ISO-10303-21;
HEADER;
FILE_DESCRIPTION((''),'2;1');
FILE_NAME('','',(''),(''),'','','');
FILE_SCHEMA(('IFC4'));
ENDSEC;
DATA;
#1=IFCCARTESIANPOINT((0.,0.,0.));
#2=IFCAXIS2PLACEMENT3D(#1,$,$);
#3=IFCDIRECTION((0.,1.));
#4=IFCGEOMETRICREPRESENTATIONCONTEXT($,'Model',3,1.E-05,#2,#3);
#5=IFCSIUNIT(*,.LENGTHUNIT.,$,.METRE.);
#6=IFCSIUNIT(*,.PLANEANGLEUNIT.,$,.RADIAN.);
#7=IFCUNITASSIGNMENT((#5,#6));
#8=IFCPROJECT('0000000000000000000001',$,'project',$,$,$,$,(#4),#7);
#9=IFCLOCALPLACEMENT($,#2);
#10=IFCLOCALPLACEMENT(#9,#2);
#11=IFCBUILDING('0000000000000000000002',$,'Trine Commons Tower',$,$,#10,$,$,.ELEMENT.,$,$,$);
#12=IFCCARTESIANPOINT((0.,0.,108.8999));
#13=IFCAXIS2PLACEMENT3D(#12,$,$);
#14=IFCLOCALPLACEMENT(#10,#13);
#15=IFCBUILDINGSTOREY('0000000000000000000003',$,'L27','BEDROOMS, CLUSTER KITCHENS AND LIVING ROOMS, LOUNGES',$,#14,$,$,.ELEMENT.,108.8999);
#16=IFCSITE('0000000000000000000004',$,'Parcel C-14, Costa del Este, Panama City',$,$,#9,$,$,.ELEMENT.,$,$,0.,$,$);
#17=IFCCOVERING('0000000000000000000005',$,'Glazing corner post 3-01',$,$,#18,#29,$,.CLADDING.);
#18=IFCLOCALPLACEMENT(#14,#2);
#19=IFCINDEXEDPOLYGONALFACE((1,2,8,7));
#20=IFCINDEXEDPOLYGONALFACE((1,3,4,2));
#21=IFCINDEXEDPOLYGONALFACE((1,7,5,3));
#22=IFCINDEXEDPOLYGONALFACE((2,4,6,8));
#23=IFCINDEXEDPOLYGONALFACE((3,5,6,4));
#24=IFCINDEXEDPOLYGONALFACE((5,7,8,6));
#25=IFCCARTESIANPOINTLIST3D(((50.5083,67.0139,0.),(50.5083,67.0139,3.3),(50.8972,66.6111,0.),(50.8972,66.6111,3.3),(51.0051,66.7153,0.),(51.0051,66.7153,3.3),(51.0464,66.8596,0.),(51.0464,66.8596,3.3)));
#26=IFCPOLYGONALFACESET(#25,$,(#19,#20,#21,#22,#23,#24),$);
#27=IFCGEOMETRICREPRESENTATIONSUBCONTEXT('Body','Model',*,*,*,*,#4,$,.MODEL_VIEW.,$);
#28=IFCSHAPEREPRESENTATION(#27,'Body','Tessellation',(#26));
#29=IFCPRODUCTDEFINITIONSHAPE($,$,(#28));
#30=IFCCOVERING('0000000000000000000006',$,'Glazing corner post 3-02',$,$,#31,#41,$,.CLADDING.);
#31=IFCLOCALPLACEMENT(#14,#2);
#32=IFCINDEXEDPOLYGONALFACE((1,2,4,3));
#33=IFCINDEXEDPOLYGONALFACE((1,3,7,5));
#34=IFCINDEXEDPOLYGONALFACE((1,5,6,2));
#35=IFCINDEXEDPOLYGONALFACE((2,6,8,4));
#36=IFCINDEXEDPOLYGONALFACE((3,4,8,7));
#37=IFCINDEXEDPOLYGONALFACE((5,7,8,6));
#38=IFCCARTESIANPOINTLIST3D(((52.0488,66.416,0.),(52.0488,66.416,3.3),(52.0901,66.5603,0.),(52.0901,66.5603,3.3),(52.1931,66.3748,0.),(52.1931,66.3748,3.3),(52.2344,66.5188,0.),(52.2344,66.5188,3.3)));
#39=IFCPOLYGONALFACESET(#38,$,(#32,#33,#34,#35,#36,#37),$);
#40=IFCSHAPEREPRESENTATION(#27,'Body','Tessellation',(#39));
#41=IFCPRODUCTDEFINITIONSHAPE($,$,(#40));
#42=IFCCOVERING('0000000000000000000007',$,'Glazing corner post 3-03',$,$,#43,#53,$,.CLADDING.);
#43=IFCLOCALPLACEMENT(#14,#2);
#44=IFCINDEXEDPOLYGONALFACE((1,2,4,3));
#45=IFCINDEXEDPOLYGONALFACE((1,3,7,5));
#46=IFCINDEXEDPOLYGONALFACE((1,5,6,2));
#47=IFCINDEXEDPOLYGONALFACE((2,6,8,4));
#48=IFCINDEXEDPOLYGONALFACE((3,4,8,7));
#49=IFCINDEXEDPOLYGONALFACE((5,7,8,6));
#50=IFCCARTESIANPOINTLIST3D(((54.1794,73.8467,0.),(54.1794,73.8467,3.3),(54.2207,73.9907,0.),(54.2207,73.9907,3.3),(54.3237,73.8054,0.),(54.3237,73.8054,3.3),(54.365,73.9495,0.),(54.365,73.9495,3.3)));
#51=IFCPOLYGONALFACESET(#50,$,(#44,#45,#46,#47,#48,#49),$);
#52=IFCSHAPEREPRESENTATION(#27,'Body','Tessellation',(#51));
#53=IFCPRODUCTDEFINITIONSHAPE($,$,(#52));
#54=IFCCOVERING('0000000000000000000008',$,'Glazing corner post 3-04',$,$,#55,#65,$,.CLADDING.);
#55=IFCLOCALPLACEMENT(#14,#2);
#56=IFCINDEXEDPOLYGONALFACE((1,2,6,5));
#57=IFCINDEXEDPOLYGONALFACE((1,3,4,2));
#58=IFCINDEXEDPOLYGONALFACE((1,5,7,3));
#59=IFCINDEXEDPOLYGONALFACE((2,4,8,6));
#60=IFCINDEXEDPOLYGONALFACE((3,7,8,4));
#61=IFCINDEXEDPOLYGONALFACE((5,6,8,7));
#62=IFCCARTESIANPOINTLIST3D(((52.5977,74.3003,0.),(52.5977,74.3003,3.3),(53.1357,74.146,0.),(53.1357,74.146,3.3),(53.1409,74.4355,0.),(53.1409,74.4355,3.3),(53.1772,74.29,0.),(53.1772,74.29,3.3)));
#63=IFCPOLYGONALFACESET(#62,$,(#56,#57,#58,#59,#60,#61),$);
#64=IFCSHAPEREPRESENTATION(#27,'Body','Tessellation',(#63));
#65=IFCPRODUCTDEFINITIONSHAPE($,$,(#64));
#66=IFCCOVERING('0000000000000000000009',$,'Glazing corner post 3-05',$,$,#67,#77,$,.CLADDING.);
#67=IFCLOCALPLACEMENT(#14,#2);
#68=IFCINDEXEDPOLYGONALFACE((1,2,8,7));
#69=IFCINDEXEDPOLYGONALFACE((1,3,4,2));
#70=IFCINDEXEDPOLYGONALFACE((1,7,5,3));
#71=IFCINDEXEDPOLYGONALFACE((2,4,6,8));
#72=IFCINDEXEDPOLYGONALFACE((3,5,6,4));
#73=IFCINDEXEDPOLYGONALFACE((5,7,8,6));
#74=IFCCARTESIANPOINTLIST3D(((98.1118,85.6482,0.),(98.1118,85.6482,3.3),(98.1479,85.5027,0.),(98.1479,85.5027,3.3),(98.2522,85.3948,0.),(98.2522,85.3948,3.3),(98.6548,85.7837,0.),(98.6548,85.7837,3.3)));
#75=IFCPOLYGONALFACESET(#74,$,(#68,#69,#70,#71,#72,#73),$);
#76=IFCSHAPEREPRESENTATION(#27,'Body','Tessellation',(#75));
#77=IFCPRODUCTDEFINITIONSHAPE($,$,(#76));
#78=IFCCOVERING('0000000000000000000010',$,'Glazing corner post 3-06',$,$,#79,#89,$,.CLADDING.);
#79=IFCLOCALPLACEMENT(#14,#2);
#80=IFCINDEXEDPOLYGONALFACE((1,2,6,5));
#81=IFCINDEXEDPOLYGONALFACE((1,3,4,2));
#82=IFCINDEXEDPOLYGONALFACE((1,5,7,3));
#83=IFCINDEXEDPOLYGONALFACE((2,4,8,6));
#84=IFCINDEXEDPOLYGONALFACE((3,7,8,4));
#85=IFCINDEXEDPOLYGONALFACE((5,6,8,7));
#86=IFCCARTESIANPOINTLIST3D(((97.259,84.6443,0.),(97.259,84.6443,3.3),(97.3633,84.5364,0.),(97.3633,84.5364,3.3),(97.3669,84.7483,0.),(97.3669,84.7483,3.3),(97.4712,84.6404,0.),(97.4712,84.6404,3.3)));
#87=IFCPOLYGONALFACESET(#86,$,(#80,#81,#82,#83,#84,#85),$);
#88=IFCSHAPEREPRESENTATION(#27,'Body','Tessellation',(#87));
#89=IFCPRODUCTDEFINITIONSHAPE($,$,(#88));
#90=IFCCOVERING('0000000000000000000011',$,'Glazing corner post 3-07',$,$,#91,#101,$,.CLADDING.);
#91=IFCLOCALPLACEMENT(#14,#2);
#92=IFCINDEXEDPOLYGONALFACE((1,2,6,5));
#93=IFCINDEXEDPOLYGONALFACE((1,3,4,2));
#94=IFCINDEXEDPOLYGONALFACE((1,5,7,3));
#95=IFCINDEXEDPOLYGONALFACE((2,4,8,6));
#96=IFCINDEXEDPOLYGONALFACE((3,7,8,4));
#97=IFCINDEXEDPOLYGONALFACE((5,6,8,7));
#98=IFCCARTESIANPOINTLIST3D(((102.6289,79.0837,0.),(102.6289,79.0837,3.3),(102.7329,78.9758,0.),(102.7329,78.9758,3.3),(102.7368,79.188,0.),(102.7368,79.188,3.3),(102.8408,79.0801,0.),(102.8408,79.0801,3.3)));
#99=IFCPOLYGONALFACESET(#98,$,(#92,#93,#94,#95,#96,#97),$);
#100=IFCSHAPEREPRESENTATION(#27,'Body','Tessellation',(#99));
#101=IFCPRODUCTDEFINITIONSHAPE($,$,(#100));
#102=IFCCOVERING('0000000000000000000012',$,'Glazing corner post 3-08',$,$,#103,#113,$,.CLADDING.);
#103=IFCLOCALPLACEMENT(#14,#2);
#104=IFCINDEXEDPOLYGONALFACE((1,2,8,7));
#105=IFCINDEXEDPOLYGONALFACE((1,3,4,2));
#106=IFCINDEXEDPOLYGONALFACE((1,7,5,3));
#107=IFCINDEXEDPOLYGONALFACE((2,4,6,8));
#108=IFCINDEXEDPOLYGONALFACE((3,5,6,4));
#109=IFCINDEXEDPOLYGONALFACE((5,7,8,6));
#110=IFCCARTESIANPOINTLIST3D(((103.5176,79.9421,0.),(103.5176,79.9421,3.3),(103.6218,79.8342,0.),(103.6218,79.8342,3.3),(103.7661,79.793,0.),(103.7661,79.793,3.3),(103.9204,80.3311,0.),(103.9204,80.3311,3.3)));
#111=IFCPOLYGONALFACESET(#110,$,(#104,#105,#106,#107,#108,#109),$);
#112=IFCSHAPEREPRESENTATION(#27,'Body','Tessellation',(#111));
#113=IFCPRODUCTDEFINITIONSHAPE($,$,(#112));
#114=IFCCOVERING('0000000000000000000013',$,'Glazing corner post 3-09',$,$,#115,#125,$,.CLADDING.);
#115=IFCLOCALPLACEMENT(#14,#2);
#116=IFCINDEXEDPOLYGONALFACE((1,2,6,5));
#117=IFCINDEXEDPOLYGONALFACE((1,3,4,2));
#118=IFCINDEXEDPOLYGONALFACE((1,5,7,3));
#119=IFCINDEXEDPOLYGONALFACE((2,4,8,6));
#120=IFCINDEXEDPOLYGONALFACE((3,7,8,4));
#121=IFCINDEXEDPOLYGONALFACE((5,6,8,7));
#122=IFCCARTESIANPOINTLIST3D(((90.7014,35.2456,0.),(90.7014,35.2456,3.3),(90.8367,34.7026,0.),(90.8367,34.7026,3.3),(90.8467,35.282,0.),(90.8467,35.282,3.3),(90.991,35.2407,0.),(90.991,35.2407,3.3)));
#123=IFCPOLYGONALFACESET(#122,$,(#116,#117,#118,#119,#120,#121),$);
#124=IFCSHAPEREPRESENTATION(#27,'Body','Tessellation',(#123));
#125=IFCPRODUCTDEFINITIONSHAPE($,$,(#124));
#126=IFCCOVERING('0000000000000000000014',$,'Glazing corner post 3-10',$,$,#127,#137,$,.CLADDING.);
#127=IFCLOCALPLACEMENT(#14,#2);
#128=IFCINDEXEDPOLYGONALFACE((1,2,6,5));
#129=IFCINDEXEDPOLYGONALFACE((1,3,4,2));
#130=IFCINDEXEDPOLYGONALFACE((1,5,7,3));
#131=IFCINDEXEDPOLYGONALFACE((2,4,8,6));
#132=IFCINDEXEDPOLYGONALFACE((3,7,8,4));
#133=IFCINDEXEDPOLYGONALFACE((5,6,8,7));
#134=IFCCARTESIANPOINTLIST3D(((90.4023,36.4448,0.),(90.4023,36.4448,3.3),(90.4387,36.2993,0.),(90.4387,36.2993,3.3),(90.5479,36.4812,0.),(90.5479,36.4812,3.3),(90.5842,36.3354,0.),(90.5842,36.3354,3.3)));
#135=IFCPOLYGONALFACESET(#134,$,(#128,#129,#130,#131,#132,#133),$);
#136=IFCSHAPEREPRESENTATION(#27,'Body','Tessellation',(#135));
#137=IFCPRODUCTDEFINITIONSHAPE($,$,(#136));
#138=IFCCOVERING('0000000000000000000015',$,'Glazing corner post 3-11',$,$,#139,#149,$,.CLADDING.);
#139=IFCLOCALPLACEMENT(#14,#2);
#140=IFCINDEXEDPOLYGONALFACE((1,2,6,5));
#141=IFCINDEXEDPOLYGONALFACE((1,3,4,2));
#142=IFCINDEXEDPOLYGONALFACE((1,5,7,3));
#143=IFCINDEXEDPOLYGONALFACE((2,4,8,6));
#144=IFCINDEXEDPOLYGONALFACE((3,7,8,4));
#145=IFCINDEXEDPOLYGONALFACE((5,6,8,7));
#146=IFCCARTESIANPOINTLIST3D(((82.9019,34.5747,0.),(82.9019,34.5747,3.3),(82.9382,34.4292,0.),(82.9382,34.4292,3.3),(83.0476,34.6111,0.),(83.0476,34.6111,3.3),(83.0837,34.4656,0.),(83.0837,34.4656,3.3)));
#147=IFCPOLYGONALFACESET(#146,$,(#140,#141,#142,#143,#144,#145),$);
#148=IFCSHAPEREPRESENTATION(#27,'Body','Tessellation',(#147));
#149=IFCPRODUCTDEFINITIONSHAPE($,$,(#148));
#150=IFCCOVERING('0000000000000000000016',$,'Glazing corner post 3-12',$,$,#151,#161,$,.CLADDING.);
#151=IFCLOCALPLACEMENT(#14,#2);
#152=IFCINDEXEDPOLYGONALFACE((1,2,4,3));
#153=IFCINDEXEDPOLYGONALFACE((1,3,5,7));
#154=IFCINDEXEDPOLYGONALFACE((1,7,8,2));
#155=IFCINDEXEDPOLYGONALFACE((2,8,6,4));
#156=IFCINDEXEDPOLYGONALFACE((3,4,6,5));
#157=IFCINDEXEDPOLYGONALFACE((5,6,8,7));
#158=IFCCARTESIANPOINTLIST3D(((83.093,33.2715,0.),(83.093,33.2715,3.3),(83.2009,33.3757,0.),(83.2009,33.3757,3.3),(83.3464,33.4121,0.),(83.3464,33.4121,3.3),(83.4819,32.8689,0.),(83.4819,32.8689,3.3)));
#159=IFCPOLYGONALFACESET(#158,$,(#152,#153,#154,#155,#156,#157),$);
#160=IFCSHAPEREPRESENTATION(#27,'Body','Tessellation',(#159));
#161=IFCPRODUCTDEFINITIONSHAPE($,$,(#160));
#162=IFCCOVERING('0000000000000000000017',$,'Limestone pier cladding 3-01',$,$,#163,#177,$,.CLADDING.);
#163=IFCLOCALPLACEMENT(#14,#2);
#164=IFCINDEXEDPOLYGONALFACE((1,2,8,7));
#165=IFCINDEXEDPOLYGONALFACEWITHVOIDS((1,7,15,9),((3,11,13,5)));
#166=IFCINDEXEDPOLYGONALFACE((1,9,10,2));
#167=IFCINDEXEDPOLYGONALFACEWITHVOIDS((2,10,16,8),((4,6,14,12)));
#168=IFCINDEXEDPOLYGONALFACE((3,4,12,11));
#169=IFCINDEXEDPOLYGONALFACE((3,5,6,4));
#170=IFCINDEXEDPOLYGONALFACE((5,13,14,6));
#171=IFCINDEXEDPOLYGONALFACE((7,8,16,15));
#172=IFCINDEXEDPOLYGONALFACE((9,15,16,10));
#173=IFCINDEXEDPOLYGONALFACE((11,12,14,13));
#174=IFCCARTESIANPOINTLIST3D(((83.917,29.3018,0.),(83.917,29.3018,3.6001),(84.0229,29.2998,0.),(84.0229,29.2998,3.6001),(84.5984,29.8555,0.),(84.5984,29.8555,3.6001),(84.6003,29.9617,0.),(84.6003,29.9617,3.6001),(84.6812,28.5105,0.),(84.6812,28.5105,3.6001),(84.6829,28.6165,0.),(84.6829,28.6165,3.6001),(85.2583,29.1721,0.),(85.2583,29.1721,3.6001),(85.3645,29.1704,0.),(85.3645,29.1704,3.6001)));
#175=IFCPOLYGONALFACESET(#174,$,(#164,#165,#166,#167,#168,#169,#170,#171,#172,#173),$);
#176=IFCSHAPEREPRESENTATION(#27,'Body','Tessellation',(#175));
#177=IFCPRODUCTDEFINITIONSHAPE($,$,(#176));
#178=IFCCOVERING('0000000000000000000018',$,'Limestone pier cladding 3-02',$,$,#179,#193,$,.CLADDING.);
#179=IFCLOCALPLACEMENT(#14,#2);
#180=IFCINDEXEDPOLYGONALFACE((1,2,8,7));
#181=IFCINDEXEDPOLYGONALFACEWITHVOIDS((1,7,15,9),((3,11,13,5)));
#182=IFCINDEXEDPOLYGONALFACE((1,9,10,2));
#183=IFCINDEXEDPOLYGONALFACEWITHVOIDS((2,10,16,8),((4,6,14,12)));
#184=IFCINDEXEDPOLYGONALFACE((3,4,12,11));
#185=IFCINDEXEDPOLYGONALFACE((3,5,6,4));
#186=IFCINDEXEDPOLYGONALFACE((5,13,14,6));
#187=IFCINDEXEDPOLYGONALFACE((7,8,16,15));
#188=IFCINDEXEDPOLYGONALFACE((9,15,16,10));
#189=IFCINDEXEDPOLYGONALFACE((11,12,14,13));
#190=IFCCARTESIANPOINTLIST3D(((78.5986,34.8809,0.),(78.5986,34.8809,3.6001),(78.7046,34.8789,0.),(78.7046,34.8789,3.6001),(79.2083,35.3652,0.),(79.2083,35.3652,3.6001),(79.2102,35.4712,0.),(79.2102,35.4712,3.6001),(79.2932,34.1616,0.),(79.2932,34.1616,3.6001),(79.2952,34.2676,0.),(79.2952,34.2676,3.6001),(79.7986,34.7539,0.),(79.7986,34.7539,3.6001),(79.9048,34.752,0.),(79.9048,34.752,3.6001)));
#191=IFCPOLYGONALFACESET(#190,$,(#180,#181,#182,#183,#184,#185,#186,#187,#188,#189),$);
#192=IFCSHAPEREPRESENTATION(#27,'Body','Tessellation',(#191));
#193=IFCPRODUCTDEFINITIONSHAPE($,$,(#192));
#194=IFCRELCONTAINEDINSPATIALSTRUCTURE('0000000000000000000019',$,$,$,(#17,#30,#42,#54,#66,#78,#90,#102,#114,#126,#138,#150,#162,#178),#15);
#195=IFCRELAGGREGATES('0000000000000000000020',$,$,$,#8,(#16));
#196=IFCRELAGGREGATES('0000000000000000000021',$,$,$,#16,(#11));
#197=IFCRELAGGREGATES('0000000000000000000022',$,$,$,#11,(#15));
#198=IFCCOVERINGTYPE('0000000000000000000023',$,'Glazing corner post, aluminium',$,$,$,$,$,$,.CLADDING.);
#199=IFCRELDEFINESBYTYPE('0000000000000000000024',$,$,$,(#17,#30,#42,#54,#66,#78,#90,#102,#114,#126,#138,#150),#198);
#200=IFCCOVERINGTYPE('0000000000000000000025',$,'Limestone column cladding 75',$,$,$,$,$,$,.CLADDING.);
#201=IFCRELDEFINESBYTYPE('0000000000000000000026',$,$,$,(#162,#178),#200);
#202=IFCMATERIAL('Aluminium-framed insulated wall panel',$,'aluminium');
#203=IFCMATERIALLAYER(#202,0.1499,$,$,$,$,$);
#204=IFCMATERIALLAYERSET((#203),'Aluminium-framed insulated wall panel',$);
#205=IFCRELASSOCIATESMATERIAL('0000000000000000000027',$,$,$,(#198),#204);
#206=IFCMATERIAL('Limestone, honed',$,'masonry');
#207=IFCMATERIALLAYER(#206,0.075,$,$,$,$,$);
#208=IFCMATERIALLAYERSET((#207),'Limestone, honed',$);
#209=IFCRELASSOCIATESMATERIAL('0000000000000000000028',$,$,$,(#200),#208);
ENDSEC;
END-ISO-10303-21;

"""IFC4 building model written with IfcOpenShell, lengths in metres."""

from ifc_helpers import new_model, si_unit, direction, frame, origin, place, context, subcontext, project, spatial, polyline, outline, extrude, material, layer, layer_set, type_object, element, save


model = new_model("IFC4")

# Units and contexts
model_context = context("Model", 3, precision=1e-05, world=origin(), true_north=direction((0.0, 1.0)))
body_context = subcontext(model_context, "Body", "Model", "MODEL_VIEW")
ifc_project = project(units=[si_unit("LENGTHUNIT", "METRE"), si_unit("PLANEANGLEUNIT", "RADIAN")], contexts=[model_context])

# Site, building, storey
site_placement = place(None, origin())
site = spatial("IfcSite", under=ifc_project, at=site_placement, Name="Parcel C-14, Costa del Este, Panama City", CompositionType="ELEMENT", RefElevation=0.0)
building_placement = place(site_placement, origin())
building = spatial("IfcBuilding", under=site, at=building_placement, Name="Trine Commons Tower", CompositionType="ELEMENT")
storey_placement = place(building_placement, frame((0.0, 0.0, 108.8999)))
storey = spatial("IfcBuildingStorey", under=building, at=storey_placement, Name="L27", Description="BEDROOMS, CLUSTER KITCHENS AND LIVING ROOMS, LOUNGES", CompositionType="ELEMENT", Elevation=108.8999)

# Coverings
ifc_material_1 = material(Name="Aluminium-framed insulated wall panel", Category="aluminium")
ifc_layer_1 = layer(ifc_material_1, 0.1499)
ifc_layer_set_1 = layer_set([ifc_layer_1], Name="Aluminium-framed insulated wall panel")
covering_type_1 = type_object("IfcCoveringType", Name="Glazing corner post, aluminium", PredefinedType="CLADDING", material=ifc_layer_set_1)
covering_1_placement = place(storey_placement, origin())
element("IfcCovering", 1, at=covering_1_placement, inside=storey, type_object=covering_type_1, Name="Glazing corner post 3-01", PredefinedType="CLADDING", context=body_context, shape_type="SweptSolid", body=[
    extrude(outline(polyline([(50.8972, 66.6111), (51.0051, 66.7153), (51.0464, 66.8596), (50.5083, 67.0139), (50.8972, 66.6111)])), origin(), (0.0, 0.0, 1.0), 3.3),
])
covering_2_placement = place(storey_placement, origin())
element("IfcCovering", 2, at=covering_2_placement, inside=storey, type_object=covering_type_1, Name="Glazing corner post 3-02", PredefinedType="CLADDING", context=body_context, shape_type="SweptSolid", body=[
    extrude(outline(polyline([(52.0488, 66.416), (52.1931, 66.3748), (52.2344, 66.5188), (52.0901, 66.5603), (52.0488, 66.416)])), origin(), (0.0, 0.0, 1.0), 3.3),
])
covering_3_placement = place(storey_placement, origin())
element("IfcCovering", 3, at=covering_3_placement, inside=storey, type_object=covering_type_1, Name="Glazing corner post 3-03", PredefinedType="CLADDING", context=body_context, shape_type="SweptSolid", body=[
    extrude(outline(polyline([(54.3237, 73.8054), (54.365, 73.9495), (54.2207, 73.9907), (54.1794, 73.8467), (54.3237, 73.8054)])), origin(), (0.0, 0.0, 1.0), 3.3),
])
covering_4_placement = place(storey_placement, origin())
element("IfcCovering", 4, at=covering_4_placement, inside=storey, type_object=covering_type_1, Name="Glazing corner post 3-04", PredefinedType="CLADDING", context=body_context, shape_type="SweptSolid", body=[
    extrude(outline(polyline([(53.1357, 74.146), (53.1772, 74.29), (53.1409, 74.4355), (52.5977, 74.3003), (53.1357, 74.146)])), origin(), (0.0, 0.0, 1.0), 3.3),
])
covering_5_placement = place(storey_placement, origin())
element("IfcCovering", 5, at=covering_5_placement, inside=storey, type_object=covering_type_1, Name="Glazing corner post 3-05", PredefinedType="CLADDING", context=body_context, shape_type="SweptSolid", body=[
    extrude(outline(polyline([(98.2522, 85.3948), (98.6548, 85.7837), (98.1118, 85.6482), (98.1479, 85.5027), (98.2522, 85.3948)])), origin(), (0.0, 0.0, 1.0), 3.3),
])
covering_6_placement = place(storey_placement, origin())
element("IfcCovering", 6, at=covering_6_placement, inside=storey, type_object=covering_type_1, Name="Glazing corner post 3-06", PredefinedType="CLADDING", context=body_context, shape_type="SweptSolid", body=[
    extrude(outline(polyline([(97.3633, 84.5364), (97.4712, 84.6404), (97.4712, 84.6404), (97.3669, 84.7483), (97.259, 84.6443), (97.3633, 84.5364)])), origin(), (0.0, 0.0, 1.0), 3.3),
])
covering_7_placement = place(storey_placement, origin())
element("IfcCovering", 7, at=covering_7_placement, inside=storey, type_object=covering_type_1, Name="Glazing corner post 3-07", PredefinedType="CLADDING", context=body_context, shape_type="SweptSolid", body=[
    extrude(outline(polyline([(102.6289, 79.0837), (102.7329, 78.9758), (102.8408, 79.0801), (102.7368, 79.188), (102.7368, 79.188), (102.6289, 79.0837)])), origin(), (0.0, 0.0, 1.0), 3.3),
])
covering_8_placement = place(storey_placement, origin())
element("IfcCovering", 8, at=covering_8_placement, inside=storey, type_object=covering_type_1, Name="Glazing corner post 3-08", PredefinedType="CLADDING", context=body_context, shape_type="SweptSolid", body=[
    extrude(outline(polyline([(103.7661, 79.793), (103.9204, 80.3311), (103.5176, 79.9421), (103.6218, 79.8342), (103.7661, 79.793)])), origin(), (0.0, 0.0, 1.0), 3.3),
])
covering_9_placement = place(storey_placement, origin())
element("IfcCovering", 9, at=covering_9_placement, inside=storey, type_object=covering_type_1, Name="Glazing corner post 3-09", PredefinedType="CLADDING", context=body_context, shape_type="SweptSolid", body=[
    extrude(outline(polyline([(90.7014, 35.2456), (90.8367, 34.7026), (90.991, 35.2407), (90.8467, 35.282), (90.7014, 35.2456)])), origin(), (0.0, 0.0, 1.0), 3.3),
])
covering_10_placement = place(storey_placement, origin())
element("IfcCovering", 10, at=covering_10_placement, inside=storey, type_object=covering_type_1, Name="Glazing corner post 3-10", PredefinedType="CLADDING", context=body_context, shape_type="SweptSolid", body=[
    extrude(outline(polyline([(90.4023, 36.4448), (90.4387, 36.2993), (90.5842, 36.3354), (90.5479, 36.4812), (90.4023, 36.4448)])), origin(), (0.0, 0.0, 1.0), 3.3),
])
covering_11_placement = place(storey_placement, origin())
element("IfcCovering", 11, at=covering_11_placement, inside=storey, type_object=covering_type_1, Name="Glazing corner post 3-11", PredefinedType="CLADDING", context=body_context, shape_type="SweptSolid", body=[
    extrude(outline(polyline([(82.9382, 34.4292), (83.0837, 34.4656), (83.0476, 34.6111), (82.9019, 34.5747), (82.9382, 34.4292)])), origin(), (0.0, 0.0, 1.0), 3.3),
])
covering_12_placement = place(storey_placement, origin())
element("IfcCovering", 12, at=covering_12_placement, inside=storey, type_object=covering_type_1, Name="Glazing corner post 3-12", PredefinedType="CLADDING", context=body_context, shape_type="SweptSolid", body=[
    extrude(outline(polyline([(83.093, 33.2715), (83.4819, 32.8689), (83.3464, 33.4121), (83.2009, 33.3757), (83.093, 33.2715)])), origin(), (0.0, 0.0, 1.0), 3.3),
])
ifc_material_2 = material(Name="Limestone, honed", Category="masonry")
ifc_layer_2 = layer(ifc_material_2, 0.075)
ifc_layer_set_2 = layer_set([ifc_layer_2], Name="Limestone, honed")
covering_type_2 = type_object("IfcCoveringType", Name="Limestone column cladding 75", PredefinedType="CLADDING", material=ifc_layer_set_2)
covering_13_placement = place(storey_placement, origin())
element("IfcCovering", 13, at=covering_13_placement, inside=storey, type_object=covering_type_2, Name="Limestone pier cladding 3-01", PredefinedType="CLADDING", context=body_context, shape_type="SweptSolid", body=[
    extrude(outline(polyline([(84.6003, 29.9617), (83.917, 29.3018), (84.6812, 28.5105), (85.3645, 29.1704), (84.6003, 29.9617)]), holes=[polyline([(84.5984, 29.8555), (84.0229, 29.2998), (84.6829, 28.6165), (85.2583, 29.1721), (84.5984, 29.8555)])]), origin(), (0.0, 0.0, 1.0), 3.6001),
])
covering_14_placement = place(storey_placement, origin())
element("IfcCovering", 14, at=covering_14_placement, inside=storey, type_object=covering_type_2, Name="Limestone pier cladding 3-02", PredefinedType="CLADDING", context=body_context, shape_type="SweptSolid", body=[
    extrude(outline(polyline([(79.2102, 35.4712), (78.5986, 34.8809), (79.2932, 34.1616), (79.9048, 34.752), (79.2102, 35.4712)]), holes=[polyline([(79.2083, 35.3652), (78.7046, 34.8789), (79.2952, 34.2676), (79.7986, 34.7539), (79.2083, 35.3652)])]), origin(), (0.0, 0.0, 1.0), 3.6001),
])

save(model, "model.ifc")
